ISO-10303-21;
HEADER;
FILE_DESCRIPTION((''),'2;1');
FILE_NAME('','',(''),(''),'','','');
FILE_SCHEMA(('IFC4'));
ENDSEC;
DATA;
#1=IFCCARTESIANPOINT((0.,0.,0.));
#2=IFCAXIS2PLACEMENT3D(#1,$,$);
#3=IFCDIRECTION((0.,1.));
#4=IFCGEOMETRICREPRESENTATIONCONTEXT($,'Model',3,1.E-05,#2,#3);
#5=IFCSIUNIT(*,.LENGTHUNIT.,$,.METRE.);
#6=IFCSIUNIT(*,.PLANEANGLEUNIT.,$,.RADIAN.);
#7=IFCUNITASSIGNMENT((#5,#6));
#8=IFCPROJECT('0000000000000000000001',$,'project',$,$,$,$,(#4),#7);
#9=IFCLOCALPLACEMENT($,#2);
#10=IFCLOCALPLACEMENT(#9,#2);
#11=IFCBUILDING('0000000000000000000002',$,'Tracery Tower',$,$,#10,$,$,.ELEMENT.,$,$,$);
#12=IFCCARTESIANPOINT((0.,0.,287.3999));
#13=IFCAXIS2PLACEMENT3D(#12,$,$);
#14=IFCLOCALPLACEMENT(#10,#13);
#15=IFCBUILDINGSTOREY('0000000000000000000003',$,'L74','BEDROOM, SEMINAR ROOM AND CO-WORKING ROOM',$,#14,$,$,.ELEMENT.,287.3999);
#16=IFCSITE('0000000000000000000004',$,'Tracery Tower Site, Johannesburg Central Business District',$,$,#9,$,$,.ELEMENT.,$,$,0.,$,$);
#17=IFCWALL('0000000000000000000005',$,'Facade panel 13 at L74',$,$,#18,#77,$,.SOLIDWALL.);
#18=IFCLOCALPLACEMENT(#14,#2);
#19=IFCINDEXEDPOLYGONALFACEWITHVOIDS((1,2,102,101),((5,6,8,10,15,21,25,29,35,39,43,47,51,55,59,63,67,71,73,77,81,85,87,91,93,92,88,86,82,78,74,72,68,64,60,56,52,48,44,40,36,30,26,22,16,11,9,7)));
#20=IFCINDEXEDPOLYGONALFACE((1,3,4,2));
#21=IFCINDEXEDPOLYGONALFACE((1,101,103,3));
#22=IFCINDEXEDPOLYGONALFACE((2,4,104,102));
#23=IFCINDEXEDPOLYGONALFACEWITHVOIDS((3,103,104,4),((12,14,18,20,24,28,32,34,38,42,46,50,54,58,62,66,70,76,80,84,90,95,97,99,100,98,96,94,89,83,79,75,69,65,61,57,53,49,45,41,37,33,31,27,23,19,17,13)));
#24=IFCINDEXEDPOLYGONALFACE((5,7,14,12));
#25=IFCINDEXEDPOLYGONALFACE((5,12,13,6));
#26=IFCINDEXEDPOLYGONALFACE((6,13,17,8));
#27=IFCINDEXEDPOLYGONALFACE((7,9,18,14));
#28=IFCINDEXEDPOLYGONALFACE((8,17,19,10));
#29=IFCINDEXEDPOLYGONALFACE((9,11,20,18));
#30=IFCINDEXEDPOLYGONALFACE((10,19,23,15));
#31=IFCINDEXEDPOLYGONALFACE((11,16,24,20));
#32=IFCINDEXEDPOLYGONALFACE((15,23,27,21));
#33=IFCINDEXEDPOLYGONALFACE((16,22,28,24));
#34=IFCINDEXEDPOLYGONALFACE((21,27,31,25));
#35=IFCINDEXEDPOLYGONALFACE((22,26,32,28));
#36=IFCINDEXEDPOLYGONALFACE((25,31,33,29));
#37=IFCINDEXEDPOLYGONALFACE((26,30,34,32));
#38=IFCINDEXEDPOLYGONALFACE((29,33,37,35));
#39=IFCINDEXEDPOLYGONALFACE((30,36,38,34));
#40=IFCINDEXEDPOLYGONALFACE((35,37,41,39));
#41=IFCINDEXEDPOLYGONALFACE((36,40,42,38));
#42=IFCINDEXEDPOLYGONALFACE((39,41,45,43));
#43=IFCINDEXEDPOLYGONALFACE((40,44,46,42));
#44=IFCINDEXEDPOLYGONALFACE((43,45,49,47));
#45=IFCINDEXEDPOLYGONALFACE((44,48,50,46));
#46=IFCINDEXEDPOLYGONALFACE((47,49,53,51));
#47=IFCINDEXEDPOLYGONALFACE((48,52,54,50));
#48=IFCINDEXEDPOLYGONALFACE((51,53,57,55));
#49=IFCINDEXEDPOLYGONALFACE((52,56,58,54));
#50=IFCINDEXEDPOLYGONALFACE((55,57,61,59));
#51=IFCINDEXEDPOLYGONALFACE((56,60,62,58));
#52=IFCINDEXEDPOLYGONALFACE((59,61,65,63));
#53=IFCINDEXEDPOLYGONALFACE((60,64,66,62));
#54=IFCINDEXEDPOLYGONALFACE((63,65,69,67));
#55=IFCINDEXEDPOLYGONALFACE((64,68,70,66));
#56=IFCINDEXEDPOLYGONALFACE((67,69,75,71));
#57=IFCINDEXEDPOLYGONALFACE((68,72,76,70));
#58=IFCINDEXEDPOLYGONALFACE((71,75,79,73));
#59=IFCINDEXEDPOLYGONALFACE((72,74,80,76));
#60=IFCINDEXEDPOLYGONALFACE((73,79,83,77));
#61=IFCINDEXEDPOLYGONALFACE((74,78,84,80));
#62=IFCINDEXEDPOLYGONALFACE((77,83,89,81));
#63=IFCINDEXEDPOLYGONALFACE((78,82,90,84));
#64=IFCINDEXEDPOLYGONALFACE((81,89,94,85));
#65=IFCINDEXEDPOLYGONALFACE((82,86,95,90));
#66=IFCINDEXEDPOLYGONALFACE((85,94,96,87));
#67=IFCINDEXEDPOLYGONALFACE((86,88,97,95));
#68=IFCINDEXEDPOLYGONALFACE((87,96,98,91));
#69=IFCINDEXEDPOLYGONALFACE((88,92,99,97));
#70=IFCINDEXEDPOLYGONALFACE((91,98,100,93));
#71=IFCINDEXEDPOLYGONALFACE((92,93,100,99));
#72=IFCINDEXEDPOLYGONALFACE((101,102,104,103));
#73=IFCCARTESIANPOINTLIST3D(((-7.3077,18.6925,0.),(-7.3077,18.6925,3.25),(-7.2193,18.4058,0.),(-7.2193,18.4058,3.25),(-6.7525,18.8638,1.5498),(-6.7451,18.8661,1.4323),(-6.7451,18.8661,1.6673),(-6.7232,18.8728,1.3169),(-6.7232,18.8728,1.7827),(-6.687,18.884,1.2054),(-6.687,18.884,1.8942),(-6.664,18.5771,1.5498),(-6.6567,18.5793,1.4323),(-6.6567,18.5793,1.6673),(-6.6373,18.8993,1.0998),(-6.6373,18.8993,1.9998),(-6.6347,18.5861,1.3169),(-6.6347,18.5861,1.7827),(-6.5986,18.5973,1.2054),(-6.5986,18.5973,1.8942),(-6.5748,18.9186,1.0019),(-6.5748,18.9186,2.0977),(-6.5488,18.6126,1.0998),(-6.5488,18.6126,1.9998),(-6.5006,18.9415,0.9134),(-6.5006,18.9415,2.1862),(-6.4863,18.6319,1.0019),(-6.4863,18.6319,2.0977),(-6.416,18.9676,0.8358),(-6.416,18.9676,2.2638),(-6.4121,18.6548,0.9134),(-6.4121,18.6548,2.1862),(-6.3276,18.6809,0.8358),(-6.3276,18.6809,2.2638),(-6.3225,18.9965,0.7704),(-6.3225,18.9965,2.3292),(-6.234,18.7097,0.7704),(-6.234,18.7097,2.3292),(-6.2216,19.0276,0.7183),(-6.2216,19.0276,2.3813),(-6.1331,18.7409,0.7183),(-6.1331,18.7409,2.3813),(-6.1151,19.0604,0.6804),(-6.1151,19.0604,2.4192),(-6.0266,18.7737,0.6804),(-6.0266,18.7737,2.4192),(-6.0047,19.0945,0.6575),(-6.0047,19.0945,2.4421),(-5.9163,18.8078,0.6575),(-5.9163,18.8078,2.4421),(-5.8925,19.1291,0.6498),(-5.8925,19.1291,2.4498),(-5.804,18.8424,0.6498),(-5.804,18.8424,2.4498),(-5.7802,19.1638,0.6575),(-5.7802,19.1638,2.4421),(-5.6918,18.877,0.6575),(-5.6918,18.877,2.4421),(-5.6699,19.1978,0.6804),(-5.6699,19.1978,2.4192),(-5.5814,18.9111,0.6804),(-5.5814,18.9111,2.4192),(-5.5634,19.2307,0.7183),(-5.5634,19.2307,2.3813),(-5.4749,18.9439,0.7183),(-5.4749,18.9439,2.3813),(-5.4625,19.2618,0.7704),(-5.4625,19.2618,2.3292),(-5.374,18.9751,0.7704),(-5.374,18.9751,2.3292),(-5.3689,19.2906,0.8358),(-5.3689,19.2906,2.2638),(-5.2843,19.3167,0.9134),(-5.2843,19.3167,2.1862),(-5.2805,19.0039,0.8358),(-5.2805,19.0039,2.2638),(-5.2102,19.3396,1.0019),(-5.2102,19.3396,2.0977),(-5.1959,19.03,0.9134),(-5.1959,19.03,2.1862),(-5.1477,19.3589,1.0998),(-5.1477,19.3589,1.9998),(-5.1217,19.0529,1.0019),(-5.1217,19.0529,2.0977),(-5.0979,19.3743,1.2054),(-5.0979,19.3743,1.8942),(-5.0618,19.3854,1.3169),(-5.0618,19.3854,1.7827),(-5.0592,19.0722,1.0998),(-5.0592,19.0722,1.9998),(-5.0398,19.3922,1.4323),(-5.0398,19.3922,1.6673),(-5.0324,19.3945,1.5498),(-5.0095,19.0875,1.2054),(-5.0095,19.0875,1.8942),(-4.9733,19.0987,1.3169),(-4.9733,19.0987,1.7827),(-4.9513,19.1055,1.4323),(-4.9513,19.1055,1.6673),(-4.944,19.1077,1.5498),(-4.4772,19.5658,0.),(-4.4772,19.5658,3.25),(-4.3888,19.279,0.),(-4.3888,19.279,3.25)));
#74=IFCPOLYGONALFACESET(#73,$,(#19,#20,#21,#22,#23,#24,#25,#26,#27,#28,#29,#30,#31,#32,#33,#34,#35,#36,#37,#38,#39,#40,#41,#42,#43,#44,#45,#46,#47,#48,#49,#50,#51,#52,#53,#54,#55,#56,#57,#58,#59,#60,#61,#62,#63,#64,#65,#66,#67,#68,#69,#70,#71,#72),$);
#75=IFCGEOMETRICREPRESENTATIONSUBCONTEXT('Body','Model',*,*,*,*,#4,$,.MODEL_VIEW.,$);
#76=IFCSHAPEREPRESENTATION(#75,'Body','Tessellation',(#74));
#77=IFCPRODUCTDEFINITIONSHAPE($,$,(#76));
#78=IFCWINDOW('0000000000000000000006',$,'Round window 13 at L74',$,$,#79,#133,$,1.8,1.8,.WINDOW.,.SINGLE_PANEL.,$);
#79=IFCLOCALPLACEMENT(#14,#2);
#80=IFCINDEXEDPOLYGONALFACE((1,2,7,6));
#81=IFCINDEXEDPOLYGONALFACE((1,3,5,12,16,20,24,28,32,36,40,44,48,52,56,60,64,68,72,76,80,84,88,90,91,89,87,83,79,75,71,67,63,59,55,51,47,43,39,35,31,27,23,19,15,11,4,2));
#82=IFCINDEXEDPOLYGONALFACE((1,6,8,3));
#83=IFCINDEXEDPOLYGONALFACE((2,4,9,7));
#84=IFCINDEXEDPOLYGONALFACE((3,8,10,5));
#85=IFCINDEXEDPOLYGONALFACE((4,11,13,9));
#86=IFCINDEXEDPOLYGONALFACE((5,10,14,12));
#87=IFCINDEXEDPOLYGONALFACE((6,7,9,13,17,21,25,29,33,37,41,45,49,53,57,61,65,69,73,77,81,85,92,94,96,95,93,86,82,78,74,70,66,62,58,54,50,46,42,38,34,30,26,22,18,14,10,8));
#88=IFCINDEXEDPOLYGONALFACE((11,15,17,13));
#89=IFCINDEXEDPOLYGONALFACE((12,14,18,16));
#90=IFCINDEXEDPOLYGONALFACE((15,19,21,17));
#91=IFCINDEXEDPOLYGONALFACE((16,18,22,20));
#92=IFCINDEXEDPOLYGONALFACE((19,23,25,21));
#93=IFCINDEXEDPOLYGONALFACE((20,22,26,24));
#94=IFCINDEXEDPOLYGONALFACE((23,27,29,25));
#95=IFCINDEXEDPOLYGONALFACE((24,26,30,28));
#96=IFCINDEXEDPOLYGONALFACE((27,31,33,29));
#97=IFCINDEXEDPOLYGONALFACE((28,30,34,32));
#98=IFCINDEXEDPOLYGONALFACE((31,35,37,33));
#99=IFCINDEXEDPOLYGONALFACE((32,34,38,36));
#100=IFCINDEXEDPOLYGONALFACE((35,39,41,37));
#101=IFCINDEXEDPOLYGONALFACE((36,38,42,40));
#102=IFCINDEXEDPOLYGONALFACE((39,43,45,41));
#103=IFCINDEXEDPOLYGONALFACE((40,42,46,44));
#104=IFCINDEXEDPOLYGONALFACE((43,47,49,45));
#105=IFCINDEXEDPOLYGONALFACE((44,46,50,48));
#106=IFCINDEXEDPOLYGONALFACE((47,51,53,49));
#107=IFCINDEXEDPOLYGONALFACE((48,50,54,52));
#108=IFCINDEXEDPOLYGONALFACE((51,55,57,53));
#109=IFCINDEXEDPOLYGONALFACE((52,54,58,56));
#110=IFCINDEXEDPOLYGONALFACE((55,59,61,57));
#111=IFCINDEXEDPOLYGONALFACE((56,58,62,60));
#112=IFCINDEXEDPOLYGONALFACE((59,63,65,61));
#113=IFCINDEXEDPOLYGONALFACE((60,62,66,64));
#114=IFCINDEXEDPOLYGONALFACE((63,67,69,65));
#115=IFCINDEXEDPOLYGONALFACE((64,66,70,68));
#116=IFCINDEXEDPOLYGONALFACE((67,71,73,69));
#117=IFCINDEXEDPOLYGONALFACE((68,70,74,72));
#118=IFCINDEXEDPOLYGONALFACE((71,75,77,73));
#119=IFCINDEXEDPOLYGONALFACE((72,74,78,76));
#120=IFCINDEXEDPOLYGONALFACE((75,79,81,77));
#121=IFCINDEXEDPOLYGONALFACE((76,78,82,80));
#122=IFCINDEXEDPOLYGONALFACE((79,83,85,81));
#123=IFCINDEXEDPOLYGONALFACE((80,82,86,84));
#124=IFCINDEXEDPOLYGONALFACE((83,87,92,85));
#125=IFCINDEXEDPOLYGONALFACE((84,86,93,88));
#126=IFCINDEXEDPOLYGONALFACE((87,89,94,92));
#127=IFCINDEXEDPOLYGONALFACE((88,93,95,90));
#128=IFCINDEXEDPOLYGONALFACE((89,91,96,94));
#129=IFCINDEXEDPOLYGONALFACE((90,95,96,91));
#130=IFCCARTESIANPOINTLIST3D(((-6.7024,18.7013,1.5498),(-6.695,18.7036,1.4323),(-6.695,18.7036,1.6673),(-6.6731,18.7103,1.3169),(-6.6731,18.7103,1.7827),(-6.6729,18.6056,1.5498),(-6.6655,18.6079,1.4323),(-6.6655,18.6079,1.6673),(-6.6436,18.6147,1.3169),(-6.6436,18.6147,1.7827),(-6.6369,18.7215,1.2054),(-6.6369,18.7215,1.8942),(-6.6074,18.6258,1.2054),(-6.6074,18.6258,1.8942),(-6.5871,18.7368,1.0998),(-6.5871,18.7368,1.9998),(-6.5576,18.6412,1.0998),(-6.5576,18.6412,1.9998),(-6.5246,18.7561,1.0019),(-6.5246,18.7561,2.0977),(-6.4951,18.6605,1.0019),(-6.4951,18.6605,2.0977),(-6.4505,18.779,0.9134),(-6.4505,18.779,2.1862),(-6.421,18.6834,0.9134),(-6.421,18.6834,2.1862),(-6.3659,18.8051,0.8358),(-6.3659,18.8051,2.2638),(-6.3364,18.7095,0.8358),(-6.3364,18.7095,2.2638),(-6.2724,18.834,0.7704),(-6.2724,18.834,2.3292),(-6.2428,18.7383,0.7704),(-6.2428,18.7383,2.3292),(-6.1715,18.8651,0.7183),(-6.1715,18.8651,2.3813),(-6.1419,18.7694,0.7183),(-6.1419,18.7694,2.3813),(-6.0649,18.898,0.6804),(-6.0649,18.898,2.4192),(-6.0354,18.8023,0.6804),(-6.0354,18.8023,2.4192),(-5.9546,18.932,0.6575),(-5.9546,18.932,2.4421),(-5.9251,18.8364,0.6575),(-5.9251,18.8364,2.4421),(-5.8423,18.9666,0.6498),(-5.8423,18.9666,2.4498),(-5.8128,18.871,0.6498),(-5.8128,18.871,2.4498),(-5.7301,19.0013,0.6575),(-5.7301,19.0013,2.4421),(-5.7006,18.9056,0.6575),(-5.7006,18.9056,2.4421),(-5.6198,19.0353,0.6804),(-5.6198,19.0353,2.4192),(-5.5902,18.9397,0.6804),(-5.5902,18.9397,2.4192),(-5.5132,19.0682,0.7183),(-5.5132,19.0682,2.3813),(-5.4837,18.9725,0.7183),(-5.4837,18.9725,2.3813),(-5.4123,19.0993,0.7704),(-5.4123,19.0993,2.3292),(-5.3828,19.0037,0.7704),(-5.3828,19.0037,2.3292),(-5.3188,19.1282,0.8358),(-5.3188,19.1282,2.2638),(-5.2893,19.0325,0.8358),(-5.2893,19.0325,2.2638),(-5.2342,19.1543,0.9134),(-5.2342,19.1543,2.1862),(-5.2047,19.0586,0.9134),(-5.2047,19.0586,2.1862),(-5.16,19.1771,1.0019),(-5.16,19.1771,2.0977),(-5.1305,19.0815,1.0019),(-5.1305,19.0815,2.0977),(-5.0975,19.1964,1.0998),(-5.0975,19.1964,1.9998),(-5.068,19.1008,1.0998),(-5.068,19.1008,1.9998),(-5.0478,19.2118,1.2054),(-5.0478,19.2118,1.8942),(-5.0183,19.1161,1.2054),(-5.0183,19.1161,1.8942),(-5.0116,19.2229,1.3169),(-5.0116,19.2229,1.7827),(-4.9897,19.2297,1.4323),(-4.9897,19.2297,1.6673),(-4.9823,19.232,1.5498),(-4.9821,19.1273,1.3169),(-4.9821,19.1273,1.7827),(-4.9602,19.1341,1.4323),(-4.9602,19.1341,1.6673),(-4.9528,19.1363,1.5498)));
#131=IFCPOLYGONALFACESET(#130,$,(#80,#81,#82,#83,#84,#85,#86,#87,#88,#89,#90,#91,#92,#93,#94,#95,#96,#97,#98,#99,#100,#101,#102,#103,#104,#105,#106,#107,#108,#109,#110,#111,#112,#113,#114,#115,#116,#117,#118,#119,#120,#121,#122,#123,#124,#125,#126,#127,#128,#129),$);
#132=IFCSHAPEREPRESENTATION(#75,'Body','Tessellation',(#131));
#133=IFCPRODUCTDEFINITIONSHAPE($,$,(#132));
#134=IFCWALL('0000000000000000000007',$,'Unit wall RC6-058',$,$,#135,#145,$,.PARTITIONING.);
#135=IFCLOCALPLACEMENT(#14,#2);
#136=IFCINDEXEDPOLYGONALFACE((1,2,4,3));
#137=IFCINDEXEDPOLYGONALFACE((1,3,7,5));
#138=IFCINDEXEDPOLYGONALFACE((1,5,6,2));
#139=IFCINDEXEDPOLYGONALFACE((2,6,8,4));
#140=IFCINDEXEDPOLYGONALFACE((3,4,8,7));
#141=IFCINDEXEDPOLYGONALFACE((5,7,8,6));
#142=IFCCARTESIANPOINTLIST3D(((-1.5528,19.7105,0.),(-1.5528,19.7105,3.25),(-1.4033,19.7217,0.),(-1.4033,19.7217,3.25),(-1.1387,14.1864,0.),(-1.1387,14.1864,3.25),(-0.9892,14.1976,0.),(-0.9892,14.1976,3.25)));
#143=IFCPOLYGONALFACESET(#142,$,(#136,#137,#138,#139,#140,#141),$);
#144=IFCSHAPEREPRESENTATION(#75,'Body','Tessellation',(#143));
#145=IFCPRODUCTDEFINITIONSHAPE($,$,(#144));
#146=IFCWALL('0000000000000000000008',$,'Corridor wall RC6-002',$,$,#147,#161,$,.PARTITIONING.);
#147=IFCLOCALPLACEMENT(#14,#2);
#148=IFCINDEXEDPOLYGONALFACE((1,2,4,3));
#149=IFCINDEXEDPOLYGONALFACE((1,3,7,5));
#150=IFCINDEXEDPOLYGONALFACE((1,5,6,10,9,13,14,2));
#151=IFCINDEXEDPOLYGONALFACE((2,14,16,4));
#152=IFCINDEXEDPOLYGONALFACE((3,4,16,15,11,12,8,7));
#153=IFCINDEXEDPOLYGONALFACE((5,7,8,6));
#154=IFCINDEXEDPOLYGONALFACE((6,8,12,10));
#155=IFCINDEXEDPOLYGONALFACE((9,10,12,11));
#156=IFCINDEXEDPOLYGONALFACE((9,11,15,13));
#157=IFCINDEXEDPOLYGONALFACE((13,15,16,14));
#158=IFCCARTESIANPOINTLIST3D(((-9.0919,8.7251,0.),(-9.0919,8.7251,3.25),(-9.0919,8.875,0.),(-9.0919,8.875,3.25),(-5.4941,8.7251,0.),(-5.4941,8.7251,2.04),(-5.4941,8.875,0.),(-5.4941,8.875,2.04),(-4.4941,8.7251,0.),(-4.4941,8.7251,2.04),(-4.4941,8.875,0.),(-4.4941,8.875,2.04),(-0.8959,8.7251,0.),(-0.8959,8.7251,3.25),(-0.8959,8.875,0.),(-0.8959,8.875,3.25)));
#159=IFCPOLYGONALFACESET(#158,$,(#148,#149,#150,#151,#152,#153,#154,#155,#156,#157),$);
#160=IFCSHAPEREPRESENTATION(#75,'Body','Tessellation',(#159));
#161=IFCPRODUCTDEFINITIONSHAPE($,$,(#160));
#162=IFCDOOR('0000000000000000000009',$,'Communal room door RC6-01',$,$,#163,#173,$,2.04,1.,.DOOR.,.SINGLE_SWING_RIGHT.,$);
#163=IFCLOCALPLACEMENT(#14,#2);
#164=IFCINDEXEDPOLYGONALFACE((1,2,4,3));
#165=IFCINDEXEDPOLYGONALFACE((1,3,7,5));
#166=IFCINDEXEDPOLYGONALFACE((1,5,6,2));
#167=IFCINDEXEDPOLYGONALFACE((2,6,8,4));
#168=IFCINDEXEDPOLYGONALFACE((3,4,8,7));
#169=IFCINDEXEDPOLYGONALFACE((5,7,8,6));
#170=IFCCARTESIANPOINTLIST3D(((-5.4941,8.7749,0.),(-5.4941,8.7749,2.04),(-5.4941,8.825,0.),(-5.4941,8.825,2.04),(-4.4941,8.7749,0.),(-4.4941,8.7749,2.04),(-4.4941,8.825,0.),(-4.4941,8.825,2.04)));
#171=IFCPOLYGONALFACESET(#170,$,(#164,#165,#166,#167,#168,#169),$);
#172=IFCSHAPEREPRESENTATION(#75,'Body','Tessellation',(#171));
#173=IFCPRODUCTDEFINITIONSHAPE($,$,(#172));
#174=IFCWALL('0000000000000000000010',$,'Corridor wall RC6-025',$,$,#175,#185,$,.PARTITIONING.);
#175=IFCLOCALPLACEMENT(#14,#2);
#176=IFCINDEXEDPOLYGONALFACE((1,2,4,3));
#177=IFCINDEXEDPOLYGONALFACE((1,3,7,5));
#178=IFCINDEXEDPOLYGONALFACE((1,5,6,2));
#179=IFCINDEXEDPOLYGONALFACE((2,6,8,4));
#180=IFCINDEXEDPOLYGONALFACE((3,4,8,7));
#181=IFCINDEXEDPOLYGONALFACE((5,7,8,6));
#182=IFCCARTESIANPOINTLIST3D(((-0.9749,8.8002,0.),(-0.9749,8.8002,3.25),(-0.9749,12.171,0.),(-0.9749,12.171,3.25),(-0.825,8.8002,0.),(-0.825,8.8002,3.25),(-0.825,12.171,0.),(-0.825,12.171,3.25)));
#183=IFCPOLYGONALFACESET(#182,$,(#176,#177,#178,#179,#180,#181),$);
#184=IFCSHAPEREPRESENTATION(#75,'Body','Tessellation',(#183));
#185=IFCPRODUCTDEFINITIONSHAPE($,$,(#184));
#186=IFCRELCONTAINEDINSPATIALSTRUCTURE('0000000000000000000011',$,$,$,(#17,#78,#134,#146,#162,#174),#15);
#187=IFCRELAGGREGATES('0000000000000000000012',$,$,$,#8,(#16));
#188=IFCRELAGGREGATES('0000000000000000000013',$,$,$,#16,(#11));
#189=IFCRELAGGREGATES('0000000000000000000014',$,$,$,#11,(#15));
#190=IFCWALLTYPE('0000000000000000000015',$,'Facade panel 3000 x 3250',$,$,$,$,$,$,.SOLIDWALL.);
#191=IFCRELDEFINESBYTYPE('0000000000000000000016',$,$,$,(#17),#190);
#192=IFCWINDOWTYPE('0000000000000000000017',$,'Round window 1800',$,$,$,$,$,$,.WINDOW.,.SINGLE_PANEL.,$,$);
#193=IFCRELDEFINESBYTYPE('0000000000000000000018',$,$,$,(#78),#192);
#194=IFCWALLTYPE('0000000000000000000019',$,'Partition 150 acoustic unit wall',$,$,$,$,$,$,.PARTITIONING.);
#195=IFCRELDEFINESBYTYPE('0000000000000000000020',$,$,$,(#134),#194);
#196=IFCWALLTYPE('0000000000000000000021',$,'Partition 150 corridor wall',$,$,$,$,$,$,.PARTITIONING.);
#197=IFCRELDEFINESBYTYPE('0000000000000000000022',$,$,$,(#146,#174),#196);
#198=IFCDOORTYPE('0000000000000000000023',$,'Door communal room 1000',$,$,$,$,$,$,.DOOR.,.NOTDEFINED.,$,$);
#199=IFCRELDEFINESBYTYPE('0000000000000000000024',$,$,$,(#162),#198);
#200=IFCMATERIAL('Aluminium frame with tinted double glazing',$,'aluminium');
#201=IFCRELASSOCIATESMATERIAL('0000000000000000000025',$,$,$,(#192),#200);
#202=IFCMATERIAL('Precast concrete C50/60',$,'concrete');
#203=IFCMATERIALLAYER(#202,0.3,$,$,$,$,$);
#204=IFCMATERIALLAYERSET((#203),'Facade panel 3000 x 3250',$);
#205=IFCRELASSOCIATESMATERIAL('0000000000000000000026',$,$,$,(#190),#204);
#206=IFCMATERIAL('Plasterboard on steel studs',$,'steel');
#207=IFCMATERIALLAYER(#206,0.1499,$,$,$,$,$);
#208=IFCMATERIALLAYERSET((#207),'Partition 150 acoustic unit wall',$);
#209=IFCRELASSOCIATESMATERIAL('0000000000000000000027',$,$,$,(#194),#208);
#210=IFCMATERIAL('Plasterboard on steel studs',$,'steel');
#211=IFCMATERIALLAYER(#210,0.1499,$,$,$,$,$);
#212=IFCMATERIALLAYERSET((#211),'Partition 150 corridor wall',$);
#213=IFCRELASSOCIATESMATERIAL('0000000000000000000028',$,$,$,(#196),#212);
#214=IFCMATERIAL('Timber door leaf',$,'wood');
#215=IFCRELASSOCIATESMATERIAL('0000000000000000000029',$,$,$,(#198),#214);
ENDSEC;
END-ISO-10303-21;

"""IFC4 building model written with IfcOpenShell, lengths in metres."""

from ifc_helpers import new_model, si_unit, direction, frame, frame_2d, origin, origin_2d, place, context, subcontext, project, spatial, rectangle, circle, extrude, material, layer, layer_set, type_object, element, fill, save


model = new_model("IFC4")

# Units and contexts
model_context = context("Model", 3, precision=1e-05, world=origin(), true_north=direction((0.0, 1.0)))
body_context = subcontext(model_context, "Body", "Model", "MODEL_VIEW")
ifc_project = project(units=[si_unit("LENGTHUNIT", "METRE"), si_unit("PLANEANGLEUNIT", "RADIAN")], contexts=[model_context])

# Site, building, storey
site_placement = place(None, origin())
site = spatial("IfcSite", under=ifc_project, at=site_placement, Name="Tracery Tower Site, Johannesburg Central Business District", CompositionType="ELEMENT", RefElevation=0.0)
building_placement = place(site_placement, origin())
building = spatial("IfcBuilding", under=site, at=building_placement, Name="Tracery Tower", CompositionType="ELEMENT")
storey_placement = place(building_placement, frame((0.0, 0.0, 287.3999)))
storey = spatial("IfcBuildingStorey", under=building, at=storey_placement, Name="L74", Description="BEDROOM, SEMINAR ROOM AND CO-WORKING ROOM", CompositionType="ELEMENT", Elevation=287.3999)

# Wall, opening, window
ifc_material_1 = material(Name="Aluminium frame with tinted double glazing", Category="aluminium")
window_type = type_object("IfcWindowType", Name="Round window 1800", PartitioningType="SINGLE_PANEL", PredefinedType="WINDOW", material=ifc_material_1)
ifc_material_2 = material(Name="Precast concrete C50/60", Category="concrete")
ifc_layer_1 = layer(ifc_material_2, 0.3)
ifc_layer_set_1 = layer_set([ifc_layer_1], Name="Facade panel 3000 x 3250")
wall_type_1 = type_object("IfcWallType", Name="Facade panel 3000 x 3250", PredefinedType="SOLIDWALL", material=ifc_layer_set_1)
wall_1_placement = place(storey_placement, frame((-4.4331, 19.4224, 0.0), z_axis=(0.0, 0.0, 1.0), x_axis=(-0.955556, -0.29481, 0.0)))
wall_1 = element("IfcWall", 1, at=wall_1_placement, inside=storey, type_object=wall_type_1, Name="Facade panel 13 at L74", PredefinedType="SOLIDWALL", context=body_context, shape_type="SweptSolid", body=[
    extrude(rectangle(XDim=2.9622, YDim=0.3, at=frame_2d((1.481, 0.0))), origin(), (0.0, 0.0, 1.0), 3.25),
])
opening_1_placement = place(wall_1_placement, frame((1.481, 0.0, 1.5498)))
opening_1 = element("IfcOpeningElement", 2, at=opening_1_placement, cuts=wall_1, PredefinedType="OPENING", context=body_context, shape_type="SweptSolid", body=[
    extrude(circle(Radius=0.9, at=origin_2d()), frame((0.0, 0.1599, 0.0), z_axis=(0.0, -1.0, 0.0), x_axis=(1.0, 0.0, 0.0)), (0.0, 0.0, 1.0), 0.3201),
])
window_1_placement = place(opening_1_placement, origin())
window_1 = element("IfcWindow", 3, at=window_1_placement, inside=storey, type_object=window_type, Name="Round window 13 at L74", OverallHeight=1.8, OverallWidth=1.8, PartitioningType="SINGLE_PANEL", PredefinedType="WINDOW", context=body_context, shape_type="SweptSolid", body=[
    extrude(circle(Radius=0.9, at=origin_2d()), frame((0.0, 0.1201, 0.0), z_axis=(0.0, -1.0, 0.0), x_axis=(1.0, 0.0, 0.0)), (0.0, 0.0, 1.0), 0.1001),
])
fill(opening_1, window_1)

# Wall
ifc_material_3 = material(Name="Plasterboard on steel studs", Category="steel")
ifc_layer_2 = layer(ifc_material_3, 0.1499)
ifc_layer_set_2 = layer_set([ifc_layer_2], Name="Partition 150 acoustic unit wall")
wall_type_2 = type_object("IfcWallType", Name="Partition 150 acoustic unit wall", PredefinedType="PARTITIONING", material=ifc_layer_set_2)
wall_2_placement = place(storey_placement, frame((-1.478, 19.7161, 0.0), z_axis=(0.0, 0.0, 1.0), x_axis=(0.074745, -0.997203, 0.0)))
element("IfcWall", 4, at=wall_2_placement, inside=storey, type_object=wall_type_2, Name="Unit wall RC6-058", PredefinedType="PARTITIONING", context=body_context, shape_type="SweptSolid", body=[
    extrude(rectangle(XDim=5.5396, YDim=0.1499, at=frame_2d((2.7698, 0.0))), origin(), (0.0, 0.0, 1.0), 3.25),
])

# Wall, opening, door
ifc_material_4 = material(Name="Plasterboard on steel studs", Category="steel")
ifc_layer_3 = layer(ifc_material_4, 0.1499)
ifc_layer_set_3 = layer_set([ifc_layer_3], Name="Partition 150 corridor wall")
wall_type_3 = type_object("IfcWallType", Name="Partition 150 corridor wall", PredefinedType="PARTITIONING", material=ifc_layer_set_3)
wall_3_placement = place(storey_placement, frame((-9.092, 8.8, 0.0), z_axis=(0.0, 0.0, 1.0), x_axis=(1.0, 0.0, 0.0)))
wall_3 = element("IfcWall", 5, at=wall_3_placement, inside=storey, type_object=wall_type_3, Name="Corridor wall RC6-002", PredefinedType="PARTITIONING", context=body_context, shape_type="SweptSolid", body=[
    extrude(rectangle(XDim=8.196, YDim=0.1499, at=frame_2d((4.0981, 0.0))), origin(), (0.0, 0.0, 1.0), 3.25),
])
opening_2_placement = place(wall_3_placement, frame((3.5979, 0.0, 0.0)))
opening_2 = element("IfcOpeningElement", 6, at=opening_2_placement, cuts=wall_3, PredefinedType="OPENING", context=body_context, shape_type="SweptSolid", body=[
    extrude(rectangle(XDim=1.0, YDim=2.04, at=frame_2d((0.5, 1.02))), frame((0.0, 0.075, 0.0), z_axis=(0.0, -1.0, 0.0), x_axis=(1.0, 0.0, 0.0)), (0.0, 0.0, 1.0), 0.1499),
])
ifc_material_5 = material(Name="Timber door leaf", Category="wood")
door_type_1 = type_object("IfcDoorType", Name="Door communal room 1000", OperationType="NOTDEFINED", PredefinedType="DOOR", material=ifc_material_5)
door_1_placement = place(opening_2_placement, origin())
door_1 = element("IfcDoor", 7, at=door_1_placement, inside=storey, type_object=door_type_1, Name="Communal room door RC6-01", OperationType="SINGLE_SWING_RIGHT", OverallHeight=2.04, OverallWidth=1.0, PredefinedType="DOOR", context=body_context, shape_type="SweptSolid", body=[
    extrude(rectangle(XDim=1.0, YDim=2.04, at=frame_2d((0.5, 1.02))), frame((0.0, 0.0249, 0.0), z_axis=(0.0, -1.0, 0.0), x_axis=(1.0, 0.0, 0.0)), (0.0, 0.0, 1.0), 0.05),
])
fill(opening_2, door_1)

# Wall
wall_4_placement = place(storey_placement, frame((-0.8999, 8.8, 0.0), z_axis=(0.0, 0.0, 1.0), x_axis=(0.0, 1.0, 0.0)))
element("IfcWall", 8, at=wall_4_placement, inside=storey, type_object=wall_type_3, Name="Corridor wall RC6-025", PredefinedType="PARTITIONING", context=body_context, shape_type="SweptSolid", body=[
    extrude(rectangle(XDim=3.3708, YDim=0.1499, at=frame_2d((1.6855, 0.0))), origin(), (0.0, 0.0, 1.0), 3.25),
])

save(model, "model.ifc")
